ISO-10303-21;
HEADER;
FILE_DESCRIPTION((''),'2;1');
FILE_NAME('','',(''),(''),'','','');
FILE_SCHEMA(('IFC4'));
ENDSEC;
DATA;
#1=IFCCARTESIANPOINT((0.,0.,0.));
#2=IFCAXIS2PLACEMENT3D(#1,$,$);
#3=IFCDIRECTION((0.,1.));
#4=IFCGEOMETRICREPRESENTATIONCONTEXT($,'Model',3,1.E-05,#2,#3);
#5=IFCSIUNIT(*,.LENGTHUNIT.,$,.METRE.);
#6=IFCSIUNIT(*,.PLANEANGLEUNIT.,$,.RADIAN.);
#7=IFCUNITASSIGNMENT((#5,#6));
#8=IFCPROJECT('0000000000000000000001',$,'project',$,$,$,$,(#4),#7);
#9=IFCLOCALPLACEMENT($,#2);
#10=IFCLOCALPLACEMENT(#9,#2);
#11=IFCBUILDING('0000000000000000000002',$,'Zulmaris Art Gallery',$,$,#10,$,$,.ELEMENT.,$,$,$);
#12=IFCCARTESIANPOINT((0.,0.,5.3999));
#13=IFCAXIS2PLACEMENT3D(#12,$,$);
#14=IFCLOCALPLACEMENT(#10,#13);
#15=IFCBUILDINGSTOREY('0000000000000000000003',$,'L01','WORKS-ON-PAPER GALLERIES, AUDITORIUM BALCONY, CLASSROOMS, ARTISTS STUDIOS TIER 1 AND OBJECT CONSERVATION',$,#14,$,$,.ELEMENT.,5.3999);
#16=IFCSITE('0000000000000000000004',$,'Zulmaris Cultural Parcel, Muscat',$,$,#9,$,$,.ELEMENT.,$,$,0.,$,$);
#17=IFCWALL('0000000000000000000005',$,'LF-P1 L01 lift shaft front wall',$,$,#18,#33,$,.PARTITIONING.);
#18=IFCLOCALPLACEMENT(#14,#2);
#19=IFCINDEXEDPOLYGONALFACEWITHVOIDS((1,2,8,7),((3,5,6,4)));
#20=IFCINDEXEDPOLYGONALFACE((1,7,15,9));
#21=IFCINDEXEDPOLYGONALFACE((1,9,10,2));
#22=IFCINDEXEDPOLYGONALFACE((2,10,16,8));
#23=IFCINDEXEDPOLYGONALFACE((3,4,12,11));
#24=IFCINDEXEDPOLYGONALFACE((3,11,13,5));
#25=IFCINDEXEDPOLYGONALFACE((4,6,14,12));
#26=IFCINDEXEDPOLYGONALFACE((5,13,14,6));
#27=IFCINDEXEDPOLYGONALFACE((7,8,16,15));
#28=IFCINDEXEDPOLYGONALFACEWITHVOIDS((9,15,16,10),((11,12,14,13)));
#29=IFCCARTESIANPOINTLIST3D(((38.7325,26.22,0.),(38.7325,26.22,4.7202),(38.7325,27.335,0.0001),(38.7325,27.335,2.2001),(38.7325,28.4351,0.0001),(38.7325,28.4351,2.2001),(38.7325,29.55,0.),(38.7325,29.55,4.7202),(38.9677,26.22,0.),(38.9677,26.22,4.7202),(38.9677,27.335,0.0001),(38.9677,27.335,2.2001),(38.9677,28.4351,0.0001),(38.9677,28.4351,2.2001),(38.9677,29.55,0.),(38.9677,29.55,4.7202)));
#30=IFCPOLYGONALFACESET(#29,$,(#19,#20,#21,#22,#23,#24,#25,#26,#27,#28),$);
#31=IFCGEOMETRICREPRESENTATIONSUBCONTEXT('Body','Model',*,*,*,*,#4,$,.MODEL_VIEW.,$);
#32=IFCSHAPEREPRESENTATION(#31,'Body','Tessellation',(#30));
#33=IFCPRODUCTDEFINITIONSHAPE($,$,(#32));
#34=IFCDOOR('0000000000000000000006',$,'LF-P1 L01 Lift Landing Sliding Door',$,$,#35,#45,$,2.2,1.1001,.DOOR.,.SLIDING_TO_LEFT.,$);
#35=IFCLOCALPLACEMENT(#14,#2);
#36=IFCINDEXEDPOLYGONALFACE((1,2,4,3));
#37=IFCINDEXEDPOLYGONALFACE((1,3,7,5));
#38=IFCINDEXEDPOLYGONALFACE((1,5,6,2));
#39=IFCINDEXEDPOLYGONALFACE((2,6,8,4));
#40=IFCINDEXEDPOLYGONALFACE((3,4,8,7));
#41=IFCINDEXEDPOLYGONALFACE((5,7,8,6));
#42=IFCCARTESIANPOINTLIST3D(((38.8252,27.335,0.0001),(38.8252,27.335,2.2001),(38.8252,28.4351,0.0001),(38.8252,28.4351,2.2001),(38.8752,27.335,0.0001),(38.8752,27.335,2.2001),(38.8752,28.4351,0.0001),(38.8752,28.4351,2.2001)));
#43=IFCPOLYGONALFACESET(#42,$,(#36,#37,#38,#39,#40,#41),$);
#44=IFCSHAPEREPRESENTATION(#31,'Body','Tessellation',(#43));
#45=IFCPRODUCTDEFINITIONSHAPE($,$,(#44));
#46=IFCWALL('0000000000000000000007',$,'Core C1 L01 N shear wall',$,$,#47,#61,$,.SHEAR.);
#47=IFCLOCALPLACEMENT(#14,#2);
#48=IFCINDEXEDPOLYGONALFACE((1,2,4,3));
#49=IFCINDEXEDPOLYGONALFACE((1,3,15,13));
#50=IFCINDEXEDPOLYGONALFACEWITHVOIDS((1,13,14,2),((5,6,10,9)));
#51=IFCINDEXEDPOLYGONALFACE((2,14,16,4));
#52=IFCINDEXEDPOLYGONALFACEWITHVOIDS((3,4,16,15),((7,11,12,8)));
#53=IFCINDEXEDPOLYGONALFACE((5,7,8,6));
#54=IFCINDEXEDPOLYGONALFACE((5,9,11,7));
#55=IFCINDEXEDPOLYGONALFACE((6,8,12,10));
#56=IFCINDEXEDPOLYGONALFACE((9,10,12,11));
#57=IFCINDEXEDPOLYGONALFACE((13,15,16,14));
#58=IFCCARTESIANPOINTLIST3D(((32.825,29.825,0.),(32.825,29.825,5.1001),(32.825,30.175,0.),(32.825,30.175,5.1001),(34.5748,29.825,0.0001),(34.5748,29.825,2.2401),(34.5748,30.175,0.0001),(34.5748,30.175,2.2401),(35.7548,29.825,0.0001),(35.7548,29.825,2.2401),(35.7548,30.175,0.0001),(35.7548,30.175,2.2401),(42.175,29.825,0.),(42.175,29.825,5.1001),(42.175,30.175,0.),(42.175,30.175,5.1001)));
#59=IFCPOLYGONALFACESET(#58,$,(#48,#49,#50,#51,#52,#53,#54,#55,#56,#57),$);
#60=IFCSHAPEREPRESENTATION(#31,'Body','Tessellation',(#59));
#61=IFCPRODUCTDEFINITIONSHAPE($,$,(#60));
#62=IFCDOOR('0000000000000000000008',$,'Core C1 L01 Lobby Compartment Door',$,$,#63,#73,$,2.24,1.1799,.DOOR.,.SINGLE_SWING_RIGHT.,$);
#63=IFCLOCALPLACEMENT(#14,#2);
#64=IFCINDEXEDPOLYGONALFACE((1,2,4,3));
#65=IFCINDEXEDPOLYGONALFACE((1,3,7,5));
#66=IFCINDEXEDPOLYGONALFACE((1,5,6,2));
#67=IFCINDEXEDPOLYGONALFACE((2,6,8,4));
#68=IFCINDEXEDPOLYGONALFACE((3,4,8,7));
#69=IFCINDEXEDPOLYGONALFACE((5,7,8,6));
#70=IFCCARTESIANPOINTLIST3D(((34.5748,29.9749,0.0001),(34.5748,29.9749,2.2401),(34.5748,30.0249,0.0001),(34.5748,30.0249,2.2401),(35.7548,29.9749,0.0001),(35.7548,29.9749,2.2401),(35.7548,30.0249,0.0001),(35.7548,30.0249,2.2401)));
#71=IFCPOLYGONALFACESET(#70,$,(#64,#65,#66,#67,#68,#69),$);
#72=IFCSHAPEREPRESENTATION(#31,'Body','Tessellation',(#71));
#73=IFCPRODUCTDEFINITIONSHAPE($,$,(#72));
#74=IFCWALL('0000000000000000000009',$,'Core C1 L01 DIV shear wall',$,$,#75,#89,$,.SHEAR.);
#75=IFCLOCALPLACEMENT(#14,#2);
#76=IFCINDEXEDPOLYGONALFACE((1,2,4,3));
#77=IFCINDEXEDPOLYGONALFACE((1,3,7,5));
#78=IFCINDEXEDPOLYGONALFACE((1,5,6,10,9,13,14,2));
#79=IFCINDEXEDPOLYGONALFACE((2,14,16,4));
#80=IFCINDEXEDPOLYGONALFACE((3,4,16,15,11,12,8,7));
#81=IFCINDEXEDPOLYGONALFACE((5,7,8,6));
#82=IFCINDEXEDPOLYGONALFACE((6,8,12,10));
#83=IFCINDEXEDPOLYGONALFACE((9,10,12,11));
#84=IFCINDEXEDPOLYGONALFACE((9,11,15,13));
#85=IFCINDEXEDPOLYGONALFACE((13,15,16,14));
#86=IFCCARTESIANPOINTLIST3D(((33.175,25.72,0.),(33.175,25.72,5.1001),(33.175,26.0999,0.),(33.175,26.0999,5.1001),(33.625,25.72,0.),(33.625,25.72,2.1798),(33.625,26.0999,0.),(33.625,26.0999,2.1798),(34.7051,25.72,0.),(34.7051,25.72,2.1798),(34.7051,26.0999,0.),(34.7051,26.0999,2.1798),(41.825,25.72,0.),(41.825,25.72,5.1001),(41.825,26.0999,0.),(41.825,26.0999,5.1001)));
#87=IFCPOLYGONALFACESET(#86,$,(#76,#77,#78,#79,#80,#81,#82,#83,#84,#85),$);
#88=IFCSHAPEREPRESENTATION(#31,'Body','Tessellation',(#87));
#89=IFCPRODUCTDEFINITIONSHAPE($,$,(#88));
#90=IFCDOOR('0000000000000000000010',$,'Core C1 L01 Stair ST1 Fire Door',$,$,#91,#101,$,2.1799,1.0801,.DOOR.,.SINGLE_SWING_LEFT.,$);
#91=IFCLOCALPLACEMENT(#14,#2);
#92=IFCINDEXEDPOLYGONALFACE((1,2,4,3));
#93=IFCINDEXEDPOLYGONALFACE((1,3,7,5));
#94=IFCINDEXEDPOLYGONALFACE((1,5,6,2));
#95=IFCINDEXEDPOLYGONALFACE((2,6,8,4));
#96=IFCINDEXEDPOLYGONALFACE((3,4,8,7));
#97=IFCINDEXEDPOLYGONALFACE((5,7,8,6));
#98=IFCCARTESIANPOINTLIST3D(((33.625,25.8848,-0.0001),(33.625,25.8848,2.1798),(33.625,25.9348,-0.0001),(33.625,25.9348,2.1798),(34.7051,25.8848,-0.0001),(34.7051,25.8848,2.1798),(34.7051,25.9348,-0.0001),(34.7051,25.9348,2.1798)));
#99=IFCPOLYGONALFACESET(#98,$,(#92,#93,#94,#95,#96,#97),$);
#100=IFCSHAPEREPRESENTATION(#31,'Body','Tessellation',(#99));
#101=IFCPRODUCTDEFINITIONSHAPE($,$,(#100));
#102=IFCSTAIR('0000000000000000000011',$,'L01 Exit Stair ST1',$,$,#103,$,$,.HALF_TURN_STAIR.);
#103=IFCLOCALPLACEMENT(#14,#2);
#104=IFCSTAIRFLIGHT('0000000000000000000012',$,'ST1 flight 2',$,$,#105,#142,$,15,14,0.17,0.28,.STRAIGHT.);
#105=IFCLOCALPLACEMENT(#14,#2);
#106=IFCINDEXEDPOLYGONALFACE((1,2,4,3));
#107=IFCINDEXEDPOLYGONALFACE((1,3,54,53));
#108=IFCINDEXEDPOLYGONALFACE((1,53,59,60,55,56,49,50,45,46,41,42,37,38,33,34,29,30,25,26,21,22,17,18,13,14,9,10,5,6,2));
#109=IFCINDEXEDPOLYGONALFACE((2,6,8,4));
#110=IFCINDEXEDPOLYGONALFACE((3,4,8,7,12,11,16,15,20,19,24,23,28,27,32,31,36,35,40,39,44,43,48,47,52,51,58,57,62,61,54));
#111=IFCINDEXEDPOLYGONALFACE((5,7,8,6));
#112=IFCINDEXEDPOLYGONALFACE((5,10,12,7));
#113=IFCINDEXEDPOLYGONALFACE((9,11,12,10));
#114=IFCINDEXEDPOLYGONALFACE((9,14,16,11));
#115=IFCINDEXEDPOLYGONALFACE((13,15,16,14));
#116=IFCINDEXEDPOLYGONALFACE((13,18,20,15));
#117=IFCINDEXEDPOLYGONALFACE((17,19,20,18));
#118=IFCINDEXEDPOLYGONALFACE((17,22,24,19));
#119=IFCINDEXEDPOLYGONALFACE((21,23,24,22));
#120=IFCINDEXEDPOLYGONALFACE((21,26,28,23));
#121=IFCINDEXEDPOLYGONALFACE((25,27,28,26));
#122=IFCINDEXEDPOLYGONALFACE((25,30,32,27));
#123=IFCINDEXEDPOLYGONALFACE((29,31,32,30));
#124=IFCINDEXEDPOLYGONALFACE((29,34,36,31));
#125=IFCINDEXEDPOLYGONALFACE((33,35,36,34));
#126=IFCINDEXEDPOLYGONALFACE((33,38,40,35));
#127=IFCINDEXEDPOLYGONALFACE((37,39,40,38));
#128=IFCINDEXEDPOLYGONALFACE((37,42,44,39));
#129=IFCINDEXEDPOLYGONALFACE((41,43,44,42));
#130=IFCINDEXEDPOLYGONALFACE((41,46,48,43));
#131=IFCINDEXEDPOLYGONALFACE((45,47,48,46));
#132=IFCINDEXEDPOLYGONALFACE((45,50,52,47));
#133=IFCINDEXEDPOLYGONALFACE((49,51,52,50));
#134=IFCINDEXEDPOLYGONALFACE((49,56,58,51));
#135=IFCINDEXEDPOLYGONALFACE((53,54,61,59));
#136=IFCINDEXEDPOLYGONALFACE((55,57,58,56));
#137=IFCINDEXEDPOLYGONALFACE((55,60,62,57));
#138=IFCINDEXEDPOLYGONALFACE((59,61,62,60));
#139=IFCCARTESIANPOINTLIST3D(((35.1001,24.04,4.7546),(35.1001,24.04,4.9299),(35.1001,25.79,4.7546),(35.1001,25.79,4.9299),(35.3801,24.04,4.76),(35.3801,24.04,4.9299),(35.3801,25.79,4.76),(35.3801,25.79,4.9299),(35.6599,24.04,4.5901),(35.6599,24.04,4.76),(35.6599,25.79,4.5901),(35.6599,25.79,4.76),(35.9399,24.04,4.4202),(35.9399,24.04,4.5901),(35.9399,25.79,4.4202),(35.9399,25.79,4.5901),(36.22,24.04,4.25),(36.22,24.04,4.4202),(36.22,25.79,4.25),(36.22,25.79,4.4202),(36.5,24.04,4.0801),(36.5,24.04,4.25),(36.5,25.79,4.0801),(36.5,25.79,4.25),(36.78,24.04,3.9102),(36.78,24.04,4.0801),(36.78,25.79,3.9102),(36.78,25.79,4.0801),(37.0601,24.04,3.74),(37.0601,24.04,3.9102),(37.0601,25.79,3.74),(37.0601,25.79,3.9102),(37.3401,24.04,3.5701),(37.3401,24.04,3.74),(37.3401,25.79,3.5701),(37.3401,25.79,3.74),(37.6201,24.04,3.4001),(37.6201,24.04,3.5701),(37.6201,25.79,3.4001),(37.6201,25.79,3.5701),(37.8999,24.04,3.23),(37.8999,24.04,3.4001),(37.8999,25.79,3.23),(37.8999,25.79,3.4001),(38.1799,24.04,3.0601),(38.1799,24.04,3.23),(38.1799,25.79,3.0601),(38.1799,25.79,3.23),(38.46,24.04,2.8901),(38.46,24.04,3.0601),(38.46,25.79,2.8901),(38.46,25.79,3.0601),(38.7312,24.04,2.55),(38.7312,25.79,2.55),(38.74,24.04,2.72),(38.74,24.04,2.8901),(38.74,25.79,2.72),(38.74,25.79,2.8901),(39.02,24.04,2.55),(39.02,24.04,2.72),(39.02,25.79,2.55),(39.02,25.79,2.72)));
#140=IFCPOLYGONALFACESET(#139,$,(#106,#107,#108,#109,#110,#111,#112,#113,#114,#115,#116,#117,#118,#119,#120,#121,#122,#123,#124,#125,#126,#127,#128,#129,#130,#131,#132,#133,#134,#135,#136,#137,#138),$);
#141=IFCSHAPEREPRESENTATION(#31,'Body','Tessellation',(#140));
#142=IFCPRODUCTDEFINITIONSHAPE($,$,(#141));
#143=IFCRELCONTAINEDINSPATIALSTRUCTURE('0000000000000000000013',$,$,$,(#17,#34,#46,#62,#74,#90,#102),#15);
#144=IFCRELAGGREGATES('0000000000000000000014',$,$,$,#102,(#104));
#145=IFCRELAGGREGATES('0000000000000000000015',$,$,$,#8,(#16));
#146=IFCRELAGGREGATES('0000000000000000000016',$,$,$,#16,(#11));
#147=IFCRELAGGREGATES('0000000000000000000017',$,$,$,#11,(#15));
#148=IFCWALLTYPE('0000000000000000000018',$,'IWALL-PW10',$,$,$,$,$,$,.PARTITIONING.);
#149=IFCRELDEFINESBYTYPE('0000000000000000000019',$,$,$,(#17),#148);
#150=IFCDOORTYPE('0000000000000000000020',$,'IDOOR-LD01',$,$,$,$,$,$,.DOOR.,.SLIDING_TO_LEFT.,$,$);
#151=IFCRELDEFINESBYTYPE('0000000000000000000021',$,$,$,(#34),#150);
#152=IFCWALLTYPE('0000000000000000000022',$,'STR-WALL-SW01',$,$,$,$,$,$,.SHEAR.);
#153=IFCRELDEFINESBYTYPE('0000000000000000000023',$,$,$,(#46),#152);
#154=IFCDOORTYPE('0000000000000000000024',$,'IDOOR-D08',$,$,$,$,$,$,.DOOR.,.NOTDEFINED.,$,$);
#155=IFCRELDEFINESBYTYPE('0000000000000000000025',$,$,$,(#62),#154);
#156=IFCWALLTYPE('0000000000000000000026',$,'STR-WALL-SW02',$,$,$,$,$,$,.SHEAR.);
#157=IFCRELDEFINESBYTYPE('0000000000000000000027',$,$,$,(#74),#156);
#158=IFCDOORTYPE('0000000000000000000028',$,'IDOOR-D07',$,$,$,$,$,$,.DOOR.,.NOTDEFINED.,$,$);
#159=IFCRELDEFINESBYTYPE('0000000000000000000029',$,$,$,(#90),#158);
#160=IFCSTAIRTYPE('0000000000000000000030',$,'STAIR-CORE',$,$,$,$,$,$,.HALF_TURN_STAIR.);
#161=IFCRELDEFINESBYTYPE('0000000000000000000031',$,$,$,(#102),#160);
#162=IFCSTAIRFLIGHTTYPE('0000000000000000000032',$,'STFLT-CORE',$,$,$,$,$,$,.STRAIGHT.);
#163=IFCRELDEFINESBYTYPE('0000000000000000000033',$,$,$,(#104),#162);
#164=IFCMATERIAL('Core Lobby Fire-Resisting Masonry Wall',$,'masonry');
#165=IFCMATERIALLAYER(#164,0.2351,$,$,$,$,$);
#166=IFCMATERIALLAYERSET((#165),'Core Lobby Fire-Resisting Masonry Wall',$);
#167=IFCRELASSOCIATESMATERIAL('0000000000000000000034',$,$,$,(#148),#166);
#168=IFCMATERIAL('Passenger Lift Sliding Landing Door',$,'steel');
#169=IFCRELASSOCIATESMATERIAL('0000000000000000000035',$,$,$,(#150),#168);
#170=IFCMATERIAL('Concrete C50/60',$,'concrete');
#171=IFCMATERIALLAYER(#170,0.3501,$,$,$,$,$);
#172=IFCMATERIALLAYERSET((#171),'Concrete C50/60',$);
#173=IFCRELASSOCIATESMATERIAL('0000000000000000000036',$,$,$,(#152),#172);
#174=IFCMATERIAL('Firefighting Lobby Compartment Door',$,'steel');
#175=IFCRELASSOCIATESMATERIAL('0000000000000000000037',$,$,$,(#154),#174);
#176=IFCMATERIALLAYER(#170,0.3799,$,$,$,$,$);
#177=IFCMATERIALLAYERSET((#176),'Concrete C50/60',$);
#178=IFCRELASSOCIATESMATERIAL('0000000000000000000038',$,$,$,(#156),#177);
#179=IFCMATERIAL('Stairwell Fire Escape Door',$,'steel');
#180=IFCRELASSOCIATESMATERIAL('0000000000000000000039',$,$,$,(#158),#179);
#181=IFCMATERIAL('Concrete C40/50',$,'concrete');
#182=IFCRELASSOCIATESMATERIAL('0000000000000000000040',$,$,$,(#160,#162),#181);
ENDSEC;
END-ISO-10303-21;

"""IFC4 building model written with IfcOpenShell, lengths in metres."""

from ifc_helpers import new_model, si_unit, direction, frame, frame_2d, origin, place, context, subcontext, project, spatial, polyline, rectangle, outline, extrude, material, layer, layer_set, type_object, element, fill, aggregate, save


model = new_model("IFC4")

# Units and contexts
model_context = context("Model", 3, precision=1e-05, world=origin(), true_north=direction((0.0, 1.0)))
body_context = subcontext(model_context, "Body", "Model", "MODEL_VIEW")
ifc_project = project(units=[si_unit("LENGTHUNIT", "METRE"), si_unit("PLANEANGLEUNIT", "RADIAN")], contexts=[model_context])

# Site, building, storey
site_placement = place(None, origin())
site = spatial("IfcSite", under=ifc_project, at=site_placement, Name="Zulmaris Cultural Parcel, Muscat", CompositionType="ELEMENT", RefElevation=0.0)
building_placement = place(site_placement, origin())
building = spatial("IfcBuilding", under=site, at=building_placement, Name="Zulmaris Art Gallery", CompositionType="ELEMENT")
storey_placement = place(building_placement, frame((0.0, 0.0, 5.3999)))
storey = spatial("IfcBuildingStorey", under=building, at=storey_placement, Name="L01", Description="WORKS-ON-PAPER GALLERIES, AUDITORIUM BALCONY, CLASSROOMS, ARTISTS STUDIOS TIER 1 AND OBJECT CONSERVATION", CompositionType="ELEMENT", Elevation=5.3999)

# Shared definitions
ifc_material_1 = material(Name="Concrete C40/50", Category="concrete")

# Walls, openings, doors
ifc_material_2 = material(Name="Core Lobby Fire-Resisting Masonry Wall", Category="masonry")
ifc_layer_1 = layer(ifc_material_2, 0.2351)
ifc_layer_set_1 = layer_set([ifc_layer_1], Name="Core Lobby Fire-Resisting Masonry Wall")
wall_type_1 = type_object("IfcWallType", Name="IWALL-PW10", PredefinedType="PARTITIONING", material=ifc_layer_set_1)
wall_1_placement = place(storey_placement, frame((38.8501, 26.22, 0.0), z_axis=(0.0, 0.0, 1.0), x_axis=(0.0, 1.0, 0.0)))
wall_1 = element("IfcWall", 1, at=wall_1_placement, inside=storey, type_object=wall_type_1, Name="LF-P1 L01 lift shaft front wall", PredefinedType="PARTITIONING", context=body_context, shape_type="SweptSolid", body=[
    extrude(rectangle(XDim=3.3301, YDim=0.2351, at=frame_2d((1.665, 0.0))), origin(), (0.0, 0.0, 1.0), 4.7202),
])
opening_1_placement = place(wall_1_placement, frame((1.115, 0.0, 0.0)))
opening_1 = element("IfcOpeningElement", 2, at=opening_1_placement, cuts=wall_1, PredefinedType="OPENING", context=body_context, shape_type="SweptSolid", body=[
    extrude(rectangle(XDim=1.1001, YDim=2.2, at=frame_2d((0.55, 1.1001))), frame((0.0, 0.1274, 0.0), z_axis=(0.0, -1.0, 0.0), x_axis=(1.0, 0.0, 0.0)), (0.0, 0.0, 1.0), 0.2551),
])
ifc_material_3 = material(Name="Passenger Lift Sliding Landing Door", Category="steel")
door_type_1 = type_object("IfcDoorType", Name="IDOOR-LD01", OperationType="SLIDING_TO_LEFT", PredefinedType="DOOR", material=ifc_material_3)
door_1_placement = place(opening_1_placement, origin())
door_1 = element("IfcDoor", 3, at=door_1_placement, inside=storey, type_object=door_type_1, Name="LF-P1 L01 Lift Landing Sliding Door", OperationType="SLIDING_TO_LEFT", OverallHeight=2.2, OverallWidth=1.1001, PredefinedType="DOOR", context=body_context, shape_type="SweptSolid", body=[
    extrude(rectangle(XDim=1.1001, YDim=2.2, at=frame_2d((0.55, 1.1001))), frame((0.0, 0.0249, 0.0), z_axis=(0.0, -1.0, 0.0), x_axis=(1.0, 0.0, 0.0)), (0.0, 0.0, 1.0), 0.05),
])
fill(opening_1, door_1)
ifc_material_4 = material(Name="Concrete C50/60", Category="concrete")
ifc_layer_2 = layer(ifc_material_4, 0.3501)
ifc_layer_set_2 = layer_set([ifc_layer_2], Name="Concrete C50/60")
wall_type_2 = type_object("IfcWallType", Name="STR-WALL-SW01", PredefinedType="SHEAR", material=ifc_layer_set_2)
wall_2_placement = place(storey_placement, frame((32.825, 30.0, 0.0), z_axis=(0.0, 0.0, 1.0), x_axis=(1.0, 0.0, 0.0)))
wall_2 = element("IfcWall", 4, at=wall_2_placement, inside=storey, type_object=wall_type_2, Name="Core C1 L01 N shear wall", PredefinedType="SHEAR", context=body_context, shape_type="SweptSolid", body=[
    extrude(rectangle(XDim=9.3501, YDim=0.3501, at=frame_2d((4.675, 0.0))), origin(), (0.0, 0.0, 1.0), 5.1001),
])
opening_2_placement = place(wall_2_placement, frame((1.75, 0.0, 0.0)))
opening_2 = element("IfcOpeningElement", 5, at=opening_2_placement, cuts=wall_2, PredefinedType="OPENING", context=body_context, shape_type="SweptSolid", body=[
    extrude(rectangle(XDim=1.1799, YDim=2.24, at=frame_2d((0.5898, 1.1201))), frame((0.0, 0.1851, 0.0), z_axis=(0.0, -1.0, 0.0), x_axis=(1.0, 0.0, 0.0)), (0.0, 0.0, 1.0), 0.3701),
])
ifc_material_5 = material(Name="Firefighting Lobby Compartment Door", Category="steel")
door_type_2 = type_object("IfcDoorType", Name="IDOOR-D08", OperationType="NOTDEFINED", PredefinedType="DOOR", material=ifc_material_5)
door_2_placement = place(opening_2_placement, origin())
door_2 = element("IfcDoor", 6, at=door_2_placement, inside=storey, type_object=door_type_2, Name="Core C1 L01 Lobby Compartment Door", OperationType="SINGLE_SWING_RIGHT", OverallHeight=2.24, OverallWidth=1.1799, PredefinedType="DOOR", context=body_context, shape_type="SweptSolid", body=[
    extrude(rectangle(XDim=1.1799, YDim=2.24, at=frame_2d((0.5898, 1.1201))), frame((0.0, 0.0249, 0.0), z_axis=(0.0, -1.0, 0.0), x_axis=(1.0, 0.0, 0.0)), (0.0, 0.0, 1.0), 0.05),
])
fill(opening_2, door_2)
ifc_layer_3 = layer(ifc_material_4, 0.3799)
ifc_layer_set_3 = layer_set([ifc_layer_3], Name="Concrete C50/60")
wall_type_3 = type_object("IfcWallType", Name="STR-WALL-SW02", PredefinedType="SHEAR", material=ifc_layer_set_3)
wall_3_placement = place(storey_placement, frame((33.175, 25.9099, 0.0), z_axis=(0.0, 0.0, 1.0), x_axis=(1.0, 0.0, 0.0)))
wall_3 = element("IfcWall", 7, at=wall_3_placement, inside=storey, type_object=wall_type_3, Name="Core C1 L01 DIV shear wall", PredefinedType="SHEAR", context=body_context, shape_type="SweptSolid", body=[
    extrude(rectangle(XDim=8.6499, YDim=0.3799, at=frame_2d((4.325, 0.0))), origin(), (0.0, 0.0, 1.0), 5.1001),
])
opening_3_placement = place(wall_3_placement, frame((0.45, 0.0, 0.0)))
opening_3 = element("IfcOpeningElement", 8, at=opening_3_placement, cuts=wall_3, PredefinedType="OPENING", context=body_context, shape_type="SweptSolid", body=[
    extrude(rectangle(XDim=1.0801, YDim=2.1799, at=frame_2d((0.54, 1.0898))), frame((0.0, 0.2, 0.0), z_axis=(0.0, -1.0, 0.0), x_axis=(1.0, 0.0, 0.0)), (0.0, 0.0, 1.0), 0.3999),
])
ifc_material_6 = material(Name="Stairwell Fire Escape Door", Category="steel")
door_type_3 = type_object("IfcDoorType", Name="IDOOR-D07", OperationType="NOTDEFINED", PredefinedType="DOOR", material=ifc_material_6)
door_3_placement = place(opening_3_placement, origin())
door_3 = element("IfcDoor", 9, at=door_3_placement, inside=storey, type_object=door_type_3, Name="Core C1 L01 Stair ST1 Fire Door", OperationType="SINGLE_SWING_LEFT", OverallHeight=2.1799, OverallWidth=1.0801, PredefinedType="DOOR", context=body_context, shape_type="SweptSolid", body=[
    extrude(rectangle(XDim=1.0801, YDim=2.1799, at=frame_2d((0.54, 1.0898))), frame((0.0, 0.0249, 0.0), z_axis=(0.0, -1.0, 0.0), x_axis=(1.0, 0.0, 0.0)), (0.0, 0.0, 1.0), 0.05),
])
fill(opening_3, door_3)

# Stair, stair flight
stair_type = type_object("IfcStairType", Name="STAIR-CORE", PredefinedType="HALF_TURN_STAIR", material=ifc_material_1)
stair_placement = place(storey_placement, origin())
stair = element("IfcStair", 10, at=stair_placement, inside=storey, type_object=stair_type, Name="L01 Exit Stair ST1", PredefinedType="HALF_TURN_STAIR")
stair_flight_type = type_object("IfcStairFlightType", Name="STFLT-CORE", PredefinedType="STRAIGHT", material=ifc_material_1)
stair_flight_placement = place(storey_placement, frame((39.02, 24.915, 2.55), z_axis=(0.0, 0.0, 1.0), x_axis=(-1.0, 0.0, 0.0)))
stair_flight = element("IfcStairFlight", 11, at=stair_flight_placement, type_object=stair_flight_type, Name="ST1 flight 2", NumberOfRisers=15, NumberOfTreads=14, PredefinedType="STRAIGHT", RiserHeight=0.17, TreadLength=0.28, context=body_context, shape_type="SweptSolid", body=[
    extrude(outline(polyline([(0.0, 0.0), (0.0, 0.1699), (0.28, 0.1699), (0.28, 0.3401), (0.5601, 0.3401), (0.5601, 0.51), (0.8401, 0.51), (0.8401, 0.6799), (1.1201, 0.6799), (1.1201, 0.8501), (1.3999, 0.8501), (1.3999, 1.02), (1.6799, 1.02), (1.6799, 1.1899), (1.96, 1.1899), (1.96, 1.3601), (2.24, 1.3601), (2.24, 1.53), (2.52, 1.53), (2.52, 1.7), (2.8, 1.7), (2.8, 1.8701), (3.0801, 1.8701), (3.0801, 2.04), (3.3601, 2.04), (3.3601, 2.21), (3.6399, 2.21), (3.6399, 2.3799), (3.9199, 2.3799), (3.9199, 2.55), (3.9199, 2.2046), (0.2888, 0.0), (0.0, 0.0)])), frame((0.0, 0.875, 0.0), z_axis=(0.0, -1.0, 0.0), x_axis=(1.0, 0.0, 0.0)), (0.0, 0.0, 1.0), 1.75),
])
aggregate(stair, [stair_flight])

save(model, "model.ifc")
